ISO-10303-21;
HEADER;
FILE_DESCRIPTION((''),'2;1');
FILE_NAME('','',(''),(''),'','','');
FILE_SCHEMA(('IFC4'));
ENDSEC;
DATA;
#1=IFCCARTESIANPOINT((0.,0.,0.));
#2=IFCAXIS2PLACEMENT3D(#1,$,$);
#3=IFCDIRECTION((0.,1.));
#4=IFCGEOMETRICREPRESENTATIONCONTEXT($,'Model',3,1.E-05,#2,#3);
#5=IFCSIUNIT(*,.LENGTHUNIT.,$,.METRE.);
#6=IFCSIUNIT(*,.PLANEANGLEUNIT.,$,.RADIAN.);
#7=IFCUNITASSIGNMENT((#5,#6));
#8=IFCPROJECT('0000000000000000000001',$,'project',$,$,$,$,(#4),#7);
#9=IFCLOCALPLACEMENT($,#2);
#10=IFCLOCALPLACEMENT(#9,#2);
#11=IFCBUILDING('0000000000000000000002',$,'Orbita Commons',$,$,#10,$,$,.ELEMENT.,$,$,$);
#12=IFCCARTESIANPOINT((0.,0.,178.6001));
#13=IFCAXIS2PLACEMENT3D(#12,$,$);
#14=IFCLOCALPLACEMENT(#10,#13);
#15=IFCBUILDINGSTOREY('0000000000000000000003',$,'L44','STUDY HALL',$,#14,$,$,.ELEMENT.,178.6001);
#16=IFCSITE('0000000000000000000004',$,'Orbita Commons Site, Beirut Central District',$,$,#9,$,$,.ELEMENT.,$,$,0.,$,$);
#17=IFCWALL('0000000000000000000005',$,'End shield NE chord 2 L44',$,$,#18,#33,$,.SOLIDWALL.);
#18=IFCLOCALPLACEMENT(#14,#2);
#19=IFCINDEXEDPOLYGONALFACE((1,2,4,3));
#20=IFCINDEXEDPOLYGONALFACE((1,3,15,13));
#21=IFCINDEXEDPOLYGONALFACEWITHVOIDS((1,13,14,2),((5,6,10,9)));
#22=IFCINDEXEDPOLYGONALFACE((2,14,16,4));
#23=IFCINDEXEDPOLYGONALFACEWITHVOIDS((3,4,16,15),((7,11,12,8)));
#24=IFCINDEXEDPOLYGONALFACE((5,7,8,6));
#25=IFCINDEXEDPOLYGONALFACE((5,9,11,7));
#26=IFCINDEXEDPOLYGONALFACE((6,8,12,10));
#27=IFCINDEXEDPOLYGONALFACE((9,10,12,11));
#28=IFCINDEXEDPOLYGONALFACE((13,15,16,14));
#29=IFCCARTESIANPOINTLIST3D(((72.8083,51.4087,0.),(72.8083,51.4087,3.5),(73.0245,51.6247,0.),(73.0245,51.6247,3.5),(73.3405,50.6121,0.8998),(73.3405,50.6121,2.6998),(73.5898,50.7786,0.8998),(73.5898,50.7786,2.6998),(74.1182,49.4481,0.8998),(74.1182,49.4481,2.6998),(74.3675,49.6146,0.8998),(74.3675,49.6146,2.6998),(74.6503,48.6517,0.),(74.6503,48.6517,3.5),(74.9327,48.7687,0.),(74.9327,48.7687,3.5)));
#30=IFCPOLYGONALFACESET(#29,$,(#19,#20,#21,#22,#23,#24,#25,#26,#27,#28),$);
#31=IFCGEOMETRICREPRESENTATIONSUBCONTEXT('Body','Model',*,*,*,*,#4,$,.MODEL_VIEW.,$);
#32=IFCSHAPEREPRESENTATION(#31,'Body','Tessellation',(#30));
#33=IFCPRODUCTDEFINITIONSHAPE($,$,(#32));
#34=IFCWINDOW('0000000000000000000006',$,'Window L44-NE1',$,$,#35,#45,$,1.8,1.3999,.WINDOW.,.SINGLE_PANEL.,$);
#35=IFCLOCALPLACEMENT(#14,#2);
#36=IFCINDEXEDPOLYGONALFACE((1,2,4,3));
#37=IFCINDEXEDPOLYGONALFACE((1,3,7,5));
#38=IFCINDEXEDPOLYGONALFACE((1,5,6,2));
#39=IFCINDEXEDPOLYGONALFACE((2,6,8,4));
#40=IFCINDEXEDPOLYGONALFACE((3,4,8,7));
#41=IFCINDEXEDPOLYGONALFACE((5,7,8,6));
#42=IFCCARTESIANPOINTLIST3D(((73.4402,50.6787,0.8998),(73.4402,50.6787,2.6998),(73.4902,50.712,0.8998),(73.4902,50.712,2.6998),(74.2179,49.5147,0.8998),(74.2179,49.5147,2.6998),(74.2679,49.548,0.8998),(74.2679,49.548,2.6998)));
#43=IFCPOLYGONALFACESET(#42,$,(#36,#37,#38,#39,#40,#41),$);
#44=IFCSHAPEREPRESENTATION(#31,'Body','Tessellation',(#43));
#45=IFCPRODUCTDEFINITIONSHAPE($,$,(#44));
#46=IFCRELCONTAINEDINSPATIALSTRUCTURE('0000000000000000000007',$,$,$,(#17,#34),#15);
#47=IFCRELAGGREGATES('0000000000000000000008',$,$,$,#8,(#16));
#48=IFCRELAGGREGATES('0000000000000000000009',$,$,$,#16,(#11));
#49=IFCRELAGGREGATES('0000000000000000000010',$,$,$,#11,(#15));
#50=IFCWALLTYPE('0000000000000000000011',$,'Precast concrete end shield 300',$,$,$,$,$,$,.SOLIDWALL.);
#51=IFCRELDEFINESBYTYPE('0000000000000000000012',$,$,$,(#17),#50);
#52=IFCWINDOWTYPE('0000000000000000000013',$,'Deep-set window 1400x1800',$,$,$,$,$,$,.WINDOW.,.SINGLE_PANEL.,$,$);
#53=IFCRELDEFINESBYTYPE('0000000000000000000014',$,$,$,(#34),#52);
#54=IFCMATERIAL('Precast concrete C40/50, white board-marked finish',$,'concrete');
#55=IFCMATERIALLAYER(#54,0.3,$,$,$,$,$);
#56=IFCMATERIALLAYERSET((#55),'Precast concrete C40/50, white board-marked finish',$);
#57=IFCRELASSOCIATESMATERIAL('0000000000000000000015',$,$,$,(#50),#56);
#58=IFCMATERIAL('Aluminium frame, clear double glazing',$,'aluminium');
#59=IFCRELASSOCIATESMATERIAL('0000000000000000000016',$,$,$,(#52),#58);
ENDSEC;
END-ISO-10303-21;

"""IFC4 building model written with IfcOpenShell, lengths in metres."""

from ifc_helpers import new_model, si_unit, direction, frame, frame_2d, origin, place, context, subcontext, project, spatial, polyline, rectangle, outline, extrude, material, layer, layer_set, type_object, element, fill, save


model = new_model("IFC4")

# Units and contexts
model_context = context("Model", 3, precision=1e-05, world=origin(), true_north=direction((0.0, 1.0)))
body_context = subcontext(model_context, "Body", "Model", "MODEL_VIEW")
ifc_project = project(units=[si_unit("LENGTHUNIT", "METRE"), si_unit("PLANEANGLEUNIT", "RADIAN")], contexts=[model_context])

# Site, building, storey
site_placement = place(None, origin())
site = spatial("IfcSite", under=ifc_project, at=site_placement, Name="Orbita Commons Site, Beirut Central District", CompositionType="ELEMENT", RefElevation=0.0)
building_placement = place(site_placement, origin())
building = spatial("IfcBuilding", under=site, at=building_placement, Name="Orbita Commons", CompositionType="ELEMENT")
storey_placement = place(building_placement, frame((0.0, 0.0, 178.6001)))
storey = spatial("IfcBuildingStorey", under=building, at=storey_placement, Name="L44", Description="STUDY HALL", CompositionType="ELEMENT", Elevation=178.6001)

# Wall, opening, window
ifc_material_1 = material(Name="Precast concrete C40/50, white board-marked finish", Category="concrete")
ifc_layer_1 = layer(ifc_material_1, 0.3)
ifc_layer_set_1 = layer_set([ifc_layer_1], Name="Precast concrete C40/50, white board-marked finish")
wall_type_1 = type_object("IfcWallType", Name="Precast concrete end shield 300", PredefinedType="SOLIDWALL", material=ifc_layer_set_1)
ifc_material_2 = material(Name="Aluminium frame, clear double glazing", Category="aluminium")
window_type = type_object("IfcWindowType", Name="Deep-set window 1400x1800", PartitioningType="SINGLE_PANEL", PredefinedType="WINDOW", material=ifc_material_2)
wall_1_placement = place(storey_placement, frame((74.7915, 48.7102, 0.0), z_axis=(0.0, 0.0, 1.0), x_axis=(-0.555535, 0.831493, 0.0)))
wall_1 = element("IfcWall", 1, at=wall_1_placement, inside=storey, type_object=wall_type_1, Name="End shield NE chord 2 L44", PredefinedType="SOLIDWALL", context=body_context, shape_type="SweptSolid", body=[
    extrude(outline(polyline([(-0.0298, -0.1499), (3.405, -0.1499), (3.3455, 0.1499), (0.0298, 0.1499), (-0.0298, -0.1499)])), origin(), (0.0, 0.0, 1.0), 3.5),
])
opening_1_placement = place(wall_1_placement, frame((0.9875, 0.0, 0.8999)))
opening_1 = element("IfcOpeningElement", 2, at=opening_1_placement, cuts=wall_1, PredefinedType="OPENING", context=body_context, shape_type="SweptSolid", body=[
    extrude(rectangle(XDim=1.3999, YDim=1.8, at=frame_2d((0.7, 0.8999))), frame((0.0, 0.1599, 0.0), z_axis=(0.0, -1.0, 0.0), x_axis=(1.0, 0.0, 0.0)), (0.0, 0.0, 1.0), 0.3201),
])
window_1_placement = place(opening_1_placement, origin())
window_1 = element("IfcWindow", 3, at=window_1_placement, inside=storey, type_object=window_type, Name="Window L44-NE1", OverallHeight=1.8, OverallWidth=1.3999, PartitioningType="SINGLE_PANEL", PredefinedType="WINDOW", context=body_context, shape_type="SweptSolid", body=[
    extrude(rectangle(XDim=1.3999, YDim=1.8, at=frame_2d((0.7, 0.8999))), frame((0.0, 0.03, 0.0), z_axis=(0.0, -1.0, 0.0), x_axis=(1.0, 0.0, 0.0)), (0.0, 0.0, 1.0), 0.0601),
])
fill(opening_1, window_1)

save(model, "model.ifc")
